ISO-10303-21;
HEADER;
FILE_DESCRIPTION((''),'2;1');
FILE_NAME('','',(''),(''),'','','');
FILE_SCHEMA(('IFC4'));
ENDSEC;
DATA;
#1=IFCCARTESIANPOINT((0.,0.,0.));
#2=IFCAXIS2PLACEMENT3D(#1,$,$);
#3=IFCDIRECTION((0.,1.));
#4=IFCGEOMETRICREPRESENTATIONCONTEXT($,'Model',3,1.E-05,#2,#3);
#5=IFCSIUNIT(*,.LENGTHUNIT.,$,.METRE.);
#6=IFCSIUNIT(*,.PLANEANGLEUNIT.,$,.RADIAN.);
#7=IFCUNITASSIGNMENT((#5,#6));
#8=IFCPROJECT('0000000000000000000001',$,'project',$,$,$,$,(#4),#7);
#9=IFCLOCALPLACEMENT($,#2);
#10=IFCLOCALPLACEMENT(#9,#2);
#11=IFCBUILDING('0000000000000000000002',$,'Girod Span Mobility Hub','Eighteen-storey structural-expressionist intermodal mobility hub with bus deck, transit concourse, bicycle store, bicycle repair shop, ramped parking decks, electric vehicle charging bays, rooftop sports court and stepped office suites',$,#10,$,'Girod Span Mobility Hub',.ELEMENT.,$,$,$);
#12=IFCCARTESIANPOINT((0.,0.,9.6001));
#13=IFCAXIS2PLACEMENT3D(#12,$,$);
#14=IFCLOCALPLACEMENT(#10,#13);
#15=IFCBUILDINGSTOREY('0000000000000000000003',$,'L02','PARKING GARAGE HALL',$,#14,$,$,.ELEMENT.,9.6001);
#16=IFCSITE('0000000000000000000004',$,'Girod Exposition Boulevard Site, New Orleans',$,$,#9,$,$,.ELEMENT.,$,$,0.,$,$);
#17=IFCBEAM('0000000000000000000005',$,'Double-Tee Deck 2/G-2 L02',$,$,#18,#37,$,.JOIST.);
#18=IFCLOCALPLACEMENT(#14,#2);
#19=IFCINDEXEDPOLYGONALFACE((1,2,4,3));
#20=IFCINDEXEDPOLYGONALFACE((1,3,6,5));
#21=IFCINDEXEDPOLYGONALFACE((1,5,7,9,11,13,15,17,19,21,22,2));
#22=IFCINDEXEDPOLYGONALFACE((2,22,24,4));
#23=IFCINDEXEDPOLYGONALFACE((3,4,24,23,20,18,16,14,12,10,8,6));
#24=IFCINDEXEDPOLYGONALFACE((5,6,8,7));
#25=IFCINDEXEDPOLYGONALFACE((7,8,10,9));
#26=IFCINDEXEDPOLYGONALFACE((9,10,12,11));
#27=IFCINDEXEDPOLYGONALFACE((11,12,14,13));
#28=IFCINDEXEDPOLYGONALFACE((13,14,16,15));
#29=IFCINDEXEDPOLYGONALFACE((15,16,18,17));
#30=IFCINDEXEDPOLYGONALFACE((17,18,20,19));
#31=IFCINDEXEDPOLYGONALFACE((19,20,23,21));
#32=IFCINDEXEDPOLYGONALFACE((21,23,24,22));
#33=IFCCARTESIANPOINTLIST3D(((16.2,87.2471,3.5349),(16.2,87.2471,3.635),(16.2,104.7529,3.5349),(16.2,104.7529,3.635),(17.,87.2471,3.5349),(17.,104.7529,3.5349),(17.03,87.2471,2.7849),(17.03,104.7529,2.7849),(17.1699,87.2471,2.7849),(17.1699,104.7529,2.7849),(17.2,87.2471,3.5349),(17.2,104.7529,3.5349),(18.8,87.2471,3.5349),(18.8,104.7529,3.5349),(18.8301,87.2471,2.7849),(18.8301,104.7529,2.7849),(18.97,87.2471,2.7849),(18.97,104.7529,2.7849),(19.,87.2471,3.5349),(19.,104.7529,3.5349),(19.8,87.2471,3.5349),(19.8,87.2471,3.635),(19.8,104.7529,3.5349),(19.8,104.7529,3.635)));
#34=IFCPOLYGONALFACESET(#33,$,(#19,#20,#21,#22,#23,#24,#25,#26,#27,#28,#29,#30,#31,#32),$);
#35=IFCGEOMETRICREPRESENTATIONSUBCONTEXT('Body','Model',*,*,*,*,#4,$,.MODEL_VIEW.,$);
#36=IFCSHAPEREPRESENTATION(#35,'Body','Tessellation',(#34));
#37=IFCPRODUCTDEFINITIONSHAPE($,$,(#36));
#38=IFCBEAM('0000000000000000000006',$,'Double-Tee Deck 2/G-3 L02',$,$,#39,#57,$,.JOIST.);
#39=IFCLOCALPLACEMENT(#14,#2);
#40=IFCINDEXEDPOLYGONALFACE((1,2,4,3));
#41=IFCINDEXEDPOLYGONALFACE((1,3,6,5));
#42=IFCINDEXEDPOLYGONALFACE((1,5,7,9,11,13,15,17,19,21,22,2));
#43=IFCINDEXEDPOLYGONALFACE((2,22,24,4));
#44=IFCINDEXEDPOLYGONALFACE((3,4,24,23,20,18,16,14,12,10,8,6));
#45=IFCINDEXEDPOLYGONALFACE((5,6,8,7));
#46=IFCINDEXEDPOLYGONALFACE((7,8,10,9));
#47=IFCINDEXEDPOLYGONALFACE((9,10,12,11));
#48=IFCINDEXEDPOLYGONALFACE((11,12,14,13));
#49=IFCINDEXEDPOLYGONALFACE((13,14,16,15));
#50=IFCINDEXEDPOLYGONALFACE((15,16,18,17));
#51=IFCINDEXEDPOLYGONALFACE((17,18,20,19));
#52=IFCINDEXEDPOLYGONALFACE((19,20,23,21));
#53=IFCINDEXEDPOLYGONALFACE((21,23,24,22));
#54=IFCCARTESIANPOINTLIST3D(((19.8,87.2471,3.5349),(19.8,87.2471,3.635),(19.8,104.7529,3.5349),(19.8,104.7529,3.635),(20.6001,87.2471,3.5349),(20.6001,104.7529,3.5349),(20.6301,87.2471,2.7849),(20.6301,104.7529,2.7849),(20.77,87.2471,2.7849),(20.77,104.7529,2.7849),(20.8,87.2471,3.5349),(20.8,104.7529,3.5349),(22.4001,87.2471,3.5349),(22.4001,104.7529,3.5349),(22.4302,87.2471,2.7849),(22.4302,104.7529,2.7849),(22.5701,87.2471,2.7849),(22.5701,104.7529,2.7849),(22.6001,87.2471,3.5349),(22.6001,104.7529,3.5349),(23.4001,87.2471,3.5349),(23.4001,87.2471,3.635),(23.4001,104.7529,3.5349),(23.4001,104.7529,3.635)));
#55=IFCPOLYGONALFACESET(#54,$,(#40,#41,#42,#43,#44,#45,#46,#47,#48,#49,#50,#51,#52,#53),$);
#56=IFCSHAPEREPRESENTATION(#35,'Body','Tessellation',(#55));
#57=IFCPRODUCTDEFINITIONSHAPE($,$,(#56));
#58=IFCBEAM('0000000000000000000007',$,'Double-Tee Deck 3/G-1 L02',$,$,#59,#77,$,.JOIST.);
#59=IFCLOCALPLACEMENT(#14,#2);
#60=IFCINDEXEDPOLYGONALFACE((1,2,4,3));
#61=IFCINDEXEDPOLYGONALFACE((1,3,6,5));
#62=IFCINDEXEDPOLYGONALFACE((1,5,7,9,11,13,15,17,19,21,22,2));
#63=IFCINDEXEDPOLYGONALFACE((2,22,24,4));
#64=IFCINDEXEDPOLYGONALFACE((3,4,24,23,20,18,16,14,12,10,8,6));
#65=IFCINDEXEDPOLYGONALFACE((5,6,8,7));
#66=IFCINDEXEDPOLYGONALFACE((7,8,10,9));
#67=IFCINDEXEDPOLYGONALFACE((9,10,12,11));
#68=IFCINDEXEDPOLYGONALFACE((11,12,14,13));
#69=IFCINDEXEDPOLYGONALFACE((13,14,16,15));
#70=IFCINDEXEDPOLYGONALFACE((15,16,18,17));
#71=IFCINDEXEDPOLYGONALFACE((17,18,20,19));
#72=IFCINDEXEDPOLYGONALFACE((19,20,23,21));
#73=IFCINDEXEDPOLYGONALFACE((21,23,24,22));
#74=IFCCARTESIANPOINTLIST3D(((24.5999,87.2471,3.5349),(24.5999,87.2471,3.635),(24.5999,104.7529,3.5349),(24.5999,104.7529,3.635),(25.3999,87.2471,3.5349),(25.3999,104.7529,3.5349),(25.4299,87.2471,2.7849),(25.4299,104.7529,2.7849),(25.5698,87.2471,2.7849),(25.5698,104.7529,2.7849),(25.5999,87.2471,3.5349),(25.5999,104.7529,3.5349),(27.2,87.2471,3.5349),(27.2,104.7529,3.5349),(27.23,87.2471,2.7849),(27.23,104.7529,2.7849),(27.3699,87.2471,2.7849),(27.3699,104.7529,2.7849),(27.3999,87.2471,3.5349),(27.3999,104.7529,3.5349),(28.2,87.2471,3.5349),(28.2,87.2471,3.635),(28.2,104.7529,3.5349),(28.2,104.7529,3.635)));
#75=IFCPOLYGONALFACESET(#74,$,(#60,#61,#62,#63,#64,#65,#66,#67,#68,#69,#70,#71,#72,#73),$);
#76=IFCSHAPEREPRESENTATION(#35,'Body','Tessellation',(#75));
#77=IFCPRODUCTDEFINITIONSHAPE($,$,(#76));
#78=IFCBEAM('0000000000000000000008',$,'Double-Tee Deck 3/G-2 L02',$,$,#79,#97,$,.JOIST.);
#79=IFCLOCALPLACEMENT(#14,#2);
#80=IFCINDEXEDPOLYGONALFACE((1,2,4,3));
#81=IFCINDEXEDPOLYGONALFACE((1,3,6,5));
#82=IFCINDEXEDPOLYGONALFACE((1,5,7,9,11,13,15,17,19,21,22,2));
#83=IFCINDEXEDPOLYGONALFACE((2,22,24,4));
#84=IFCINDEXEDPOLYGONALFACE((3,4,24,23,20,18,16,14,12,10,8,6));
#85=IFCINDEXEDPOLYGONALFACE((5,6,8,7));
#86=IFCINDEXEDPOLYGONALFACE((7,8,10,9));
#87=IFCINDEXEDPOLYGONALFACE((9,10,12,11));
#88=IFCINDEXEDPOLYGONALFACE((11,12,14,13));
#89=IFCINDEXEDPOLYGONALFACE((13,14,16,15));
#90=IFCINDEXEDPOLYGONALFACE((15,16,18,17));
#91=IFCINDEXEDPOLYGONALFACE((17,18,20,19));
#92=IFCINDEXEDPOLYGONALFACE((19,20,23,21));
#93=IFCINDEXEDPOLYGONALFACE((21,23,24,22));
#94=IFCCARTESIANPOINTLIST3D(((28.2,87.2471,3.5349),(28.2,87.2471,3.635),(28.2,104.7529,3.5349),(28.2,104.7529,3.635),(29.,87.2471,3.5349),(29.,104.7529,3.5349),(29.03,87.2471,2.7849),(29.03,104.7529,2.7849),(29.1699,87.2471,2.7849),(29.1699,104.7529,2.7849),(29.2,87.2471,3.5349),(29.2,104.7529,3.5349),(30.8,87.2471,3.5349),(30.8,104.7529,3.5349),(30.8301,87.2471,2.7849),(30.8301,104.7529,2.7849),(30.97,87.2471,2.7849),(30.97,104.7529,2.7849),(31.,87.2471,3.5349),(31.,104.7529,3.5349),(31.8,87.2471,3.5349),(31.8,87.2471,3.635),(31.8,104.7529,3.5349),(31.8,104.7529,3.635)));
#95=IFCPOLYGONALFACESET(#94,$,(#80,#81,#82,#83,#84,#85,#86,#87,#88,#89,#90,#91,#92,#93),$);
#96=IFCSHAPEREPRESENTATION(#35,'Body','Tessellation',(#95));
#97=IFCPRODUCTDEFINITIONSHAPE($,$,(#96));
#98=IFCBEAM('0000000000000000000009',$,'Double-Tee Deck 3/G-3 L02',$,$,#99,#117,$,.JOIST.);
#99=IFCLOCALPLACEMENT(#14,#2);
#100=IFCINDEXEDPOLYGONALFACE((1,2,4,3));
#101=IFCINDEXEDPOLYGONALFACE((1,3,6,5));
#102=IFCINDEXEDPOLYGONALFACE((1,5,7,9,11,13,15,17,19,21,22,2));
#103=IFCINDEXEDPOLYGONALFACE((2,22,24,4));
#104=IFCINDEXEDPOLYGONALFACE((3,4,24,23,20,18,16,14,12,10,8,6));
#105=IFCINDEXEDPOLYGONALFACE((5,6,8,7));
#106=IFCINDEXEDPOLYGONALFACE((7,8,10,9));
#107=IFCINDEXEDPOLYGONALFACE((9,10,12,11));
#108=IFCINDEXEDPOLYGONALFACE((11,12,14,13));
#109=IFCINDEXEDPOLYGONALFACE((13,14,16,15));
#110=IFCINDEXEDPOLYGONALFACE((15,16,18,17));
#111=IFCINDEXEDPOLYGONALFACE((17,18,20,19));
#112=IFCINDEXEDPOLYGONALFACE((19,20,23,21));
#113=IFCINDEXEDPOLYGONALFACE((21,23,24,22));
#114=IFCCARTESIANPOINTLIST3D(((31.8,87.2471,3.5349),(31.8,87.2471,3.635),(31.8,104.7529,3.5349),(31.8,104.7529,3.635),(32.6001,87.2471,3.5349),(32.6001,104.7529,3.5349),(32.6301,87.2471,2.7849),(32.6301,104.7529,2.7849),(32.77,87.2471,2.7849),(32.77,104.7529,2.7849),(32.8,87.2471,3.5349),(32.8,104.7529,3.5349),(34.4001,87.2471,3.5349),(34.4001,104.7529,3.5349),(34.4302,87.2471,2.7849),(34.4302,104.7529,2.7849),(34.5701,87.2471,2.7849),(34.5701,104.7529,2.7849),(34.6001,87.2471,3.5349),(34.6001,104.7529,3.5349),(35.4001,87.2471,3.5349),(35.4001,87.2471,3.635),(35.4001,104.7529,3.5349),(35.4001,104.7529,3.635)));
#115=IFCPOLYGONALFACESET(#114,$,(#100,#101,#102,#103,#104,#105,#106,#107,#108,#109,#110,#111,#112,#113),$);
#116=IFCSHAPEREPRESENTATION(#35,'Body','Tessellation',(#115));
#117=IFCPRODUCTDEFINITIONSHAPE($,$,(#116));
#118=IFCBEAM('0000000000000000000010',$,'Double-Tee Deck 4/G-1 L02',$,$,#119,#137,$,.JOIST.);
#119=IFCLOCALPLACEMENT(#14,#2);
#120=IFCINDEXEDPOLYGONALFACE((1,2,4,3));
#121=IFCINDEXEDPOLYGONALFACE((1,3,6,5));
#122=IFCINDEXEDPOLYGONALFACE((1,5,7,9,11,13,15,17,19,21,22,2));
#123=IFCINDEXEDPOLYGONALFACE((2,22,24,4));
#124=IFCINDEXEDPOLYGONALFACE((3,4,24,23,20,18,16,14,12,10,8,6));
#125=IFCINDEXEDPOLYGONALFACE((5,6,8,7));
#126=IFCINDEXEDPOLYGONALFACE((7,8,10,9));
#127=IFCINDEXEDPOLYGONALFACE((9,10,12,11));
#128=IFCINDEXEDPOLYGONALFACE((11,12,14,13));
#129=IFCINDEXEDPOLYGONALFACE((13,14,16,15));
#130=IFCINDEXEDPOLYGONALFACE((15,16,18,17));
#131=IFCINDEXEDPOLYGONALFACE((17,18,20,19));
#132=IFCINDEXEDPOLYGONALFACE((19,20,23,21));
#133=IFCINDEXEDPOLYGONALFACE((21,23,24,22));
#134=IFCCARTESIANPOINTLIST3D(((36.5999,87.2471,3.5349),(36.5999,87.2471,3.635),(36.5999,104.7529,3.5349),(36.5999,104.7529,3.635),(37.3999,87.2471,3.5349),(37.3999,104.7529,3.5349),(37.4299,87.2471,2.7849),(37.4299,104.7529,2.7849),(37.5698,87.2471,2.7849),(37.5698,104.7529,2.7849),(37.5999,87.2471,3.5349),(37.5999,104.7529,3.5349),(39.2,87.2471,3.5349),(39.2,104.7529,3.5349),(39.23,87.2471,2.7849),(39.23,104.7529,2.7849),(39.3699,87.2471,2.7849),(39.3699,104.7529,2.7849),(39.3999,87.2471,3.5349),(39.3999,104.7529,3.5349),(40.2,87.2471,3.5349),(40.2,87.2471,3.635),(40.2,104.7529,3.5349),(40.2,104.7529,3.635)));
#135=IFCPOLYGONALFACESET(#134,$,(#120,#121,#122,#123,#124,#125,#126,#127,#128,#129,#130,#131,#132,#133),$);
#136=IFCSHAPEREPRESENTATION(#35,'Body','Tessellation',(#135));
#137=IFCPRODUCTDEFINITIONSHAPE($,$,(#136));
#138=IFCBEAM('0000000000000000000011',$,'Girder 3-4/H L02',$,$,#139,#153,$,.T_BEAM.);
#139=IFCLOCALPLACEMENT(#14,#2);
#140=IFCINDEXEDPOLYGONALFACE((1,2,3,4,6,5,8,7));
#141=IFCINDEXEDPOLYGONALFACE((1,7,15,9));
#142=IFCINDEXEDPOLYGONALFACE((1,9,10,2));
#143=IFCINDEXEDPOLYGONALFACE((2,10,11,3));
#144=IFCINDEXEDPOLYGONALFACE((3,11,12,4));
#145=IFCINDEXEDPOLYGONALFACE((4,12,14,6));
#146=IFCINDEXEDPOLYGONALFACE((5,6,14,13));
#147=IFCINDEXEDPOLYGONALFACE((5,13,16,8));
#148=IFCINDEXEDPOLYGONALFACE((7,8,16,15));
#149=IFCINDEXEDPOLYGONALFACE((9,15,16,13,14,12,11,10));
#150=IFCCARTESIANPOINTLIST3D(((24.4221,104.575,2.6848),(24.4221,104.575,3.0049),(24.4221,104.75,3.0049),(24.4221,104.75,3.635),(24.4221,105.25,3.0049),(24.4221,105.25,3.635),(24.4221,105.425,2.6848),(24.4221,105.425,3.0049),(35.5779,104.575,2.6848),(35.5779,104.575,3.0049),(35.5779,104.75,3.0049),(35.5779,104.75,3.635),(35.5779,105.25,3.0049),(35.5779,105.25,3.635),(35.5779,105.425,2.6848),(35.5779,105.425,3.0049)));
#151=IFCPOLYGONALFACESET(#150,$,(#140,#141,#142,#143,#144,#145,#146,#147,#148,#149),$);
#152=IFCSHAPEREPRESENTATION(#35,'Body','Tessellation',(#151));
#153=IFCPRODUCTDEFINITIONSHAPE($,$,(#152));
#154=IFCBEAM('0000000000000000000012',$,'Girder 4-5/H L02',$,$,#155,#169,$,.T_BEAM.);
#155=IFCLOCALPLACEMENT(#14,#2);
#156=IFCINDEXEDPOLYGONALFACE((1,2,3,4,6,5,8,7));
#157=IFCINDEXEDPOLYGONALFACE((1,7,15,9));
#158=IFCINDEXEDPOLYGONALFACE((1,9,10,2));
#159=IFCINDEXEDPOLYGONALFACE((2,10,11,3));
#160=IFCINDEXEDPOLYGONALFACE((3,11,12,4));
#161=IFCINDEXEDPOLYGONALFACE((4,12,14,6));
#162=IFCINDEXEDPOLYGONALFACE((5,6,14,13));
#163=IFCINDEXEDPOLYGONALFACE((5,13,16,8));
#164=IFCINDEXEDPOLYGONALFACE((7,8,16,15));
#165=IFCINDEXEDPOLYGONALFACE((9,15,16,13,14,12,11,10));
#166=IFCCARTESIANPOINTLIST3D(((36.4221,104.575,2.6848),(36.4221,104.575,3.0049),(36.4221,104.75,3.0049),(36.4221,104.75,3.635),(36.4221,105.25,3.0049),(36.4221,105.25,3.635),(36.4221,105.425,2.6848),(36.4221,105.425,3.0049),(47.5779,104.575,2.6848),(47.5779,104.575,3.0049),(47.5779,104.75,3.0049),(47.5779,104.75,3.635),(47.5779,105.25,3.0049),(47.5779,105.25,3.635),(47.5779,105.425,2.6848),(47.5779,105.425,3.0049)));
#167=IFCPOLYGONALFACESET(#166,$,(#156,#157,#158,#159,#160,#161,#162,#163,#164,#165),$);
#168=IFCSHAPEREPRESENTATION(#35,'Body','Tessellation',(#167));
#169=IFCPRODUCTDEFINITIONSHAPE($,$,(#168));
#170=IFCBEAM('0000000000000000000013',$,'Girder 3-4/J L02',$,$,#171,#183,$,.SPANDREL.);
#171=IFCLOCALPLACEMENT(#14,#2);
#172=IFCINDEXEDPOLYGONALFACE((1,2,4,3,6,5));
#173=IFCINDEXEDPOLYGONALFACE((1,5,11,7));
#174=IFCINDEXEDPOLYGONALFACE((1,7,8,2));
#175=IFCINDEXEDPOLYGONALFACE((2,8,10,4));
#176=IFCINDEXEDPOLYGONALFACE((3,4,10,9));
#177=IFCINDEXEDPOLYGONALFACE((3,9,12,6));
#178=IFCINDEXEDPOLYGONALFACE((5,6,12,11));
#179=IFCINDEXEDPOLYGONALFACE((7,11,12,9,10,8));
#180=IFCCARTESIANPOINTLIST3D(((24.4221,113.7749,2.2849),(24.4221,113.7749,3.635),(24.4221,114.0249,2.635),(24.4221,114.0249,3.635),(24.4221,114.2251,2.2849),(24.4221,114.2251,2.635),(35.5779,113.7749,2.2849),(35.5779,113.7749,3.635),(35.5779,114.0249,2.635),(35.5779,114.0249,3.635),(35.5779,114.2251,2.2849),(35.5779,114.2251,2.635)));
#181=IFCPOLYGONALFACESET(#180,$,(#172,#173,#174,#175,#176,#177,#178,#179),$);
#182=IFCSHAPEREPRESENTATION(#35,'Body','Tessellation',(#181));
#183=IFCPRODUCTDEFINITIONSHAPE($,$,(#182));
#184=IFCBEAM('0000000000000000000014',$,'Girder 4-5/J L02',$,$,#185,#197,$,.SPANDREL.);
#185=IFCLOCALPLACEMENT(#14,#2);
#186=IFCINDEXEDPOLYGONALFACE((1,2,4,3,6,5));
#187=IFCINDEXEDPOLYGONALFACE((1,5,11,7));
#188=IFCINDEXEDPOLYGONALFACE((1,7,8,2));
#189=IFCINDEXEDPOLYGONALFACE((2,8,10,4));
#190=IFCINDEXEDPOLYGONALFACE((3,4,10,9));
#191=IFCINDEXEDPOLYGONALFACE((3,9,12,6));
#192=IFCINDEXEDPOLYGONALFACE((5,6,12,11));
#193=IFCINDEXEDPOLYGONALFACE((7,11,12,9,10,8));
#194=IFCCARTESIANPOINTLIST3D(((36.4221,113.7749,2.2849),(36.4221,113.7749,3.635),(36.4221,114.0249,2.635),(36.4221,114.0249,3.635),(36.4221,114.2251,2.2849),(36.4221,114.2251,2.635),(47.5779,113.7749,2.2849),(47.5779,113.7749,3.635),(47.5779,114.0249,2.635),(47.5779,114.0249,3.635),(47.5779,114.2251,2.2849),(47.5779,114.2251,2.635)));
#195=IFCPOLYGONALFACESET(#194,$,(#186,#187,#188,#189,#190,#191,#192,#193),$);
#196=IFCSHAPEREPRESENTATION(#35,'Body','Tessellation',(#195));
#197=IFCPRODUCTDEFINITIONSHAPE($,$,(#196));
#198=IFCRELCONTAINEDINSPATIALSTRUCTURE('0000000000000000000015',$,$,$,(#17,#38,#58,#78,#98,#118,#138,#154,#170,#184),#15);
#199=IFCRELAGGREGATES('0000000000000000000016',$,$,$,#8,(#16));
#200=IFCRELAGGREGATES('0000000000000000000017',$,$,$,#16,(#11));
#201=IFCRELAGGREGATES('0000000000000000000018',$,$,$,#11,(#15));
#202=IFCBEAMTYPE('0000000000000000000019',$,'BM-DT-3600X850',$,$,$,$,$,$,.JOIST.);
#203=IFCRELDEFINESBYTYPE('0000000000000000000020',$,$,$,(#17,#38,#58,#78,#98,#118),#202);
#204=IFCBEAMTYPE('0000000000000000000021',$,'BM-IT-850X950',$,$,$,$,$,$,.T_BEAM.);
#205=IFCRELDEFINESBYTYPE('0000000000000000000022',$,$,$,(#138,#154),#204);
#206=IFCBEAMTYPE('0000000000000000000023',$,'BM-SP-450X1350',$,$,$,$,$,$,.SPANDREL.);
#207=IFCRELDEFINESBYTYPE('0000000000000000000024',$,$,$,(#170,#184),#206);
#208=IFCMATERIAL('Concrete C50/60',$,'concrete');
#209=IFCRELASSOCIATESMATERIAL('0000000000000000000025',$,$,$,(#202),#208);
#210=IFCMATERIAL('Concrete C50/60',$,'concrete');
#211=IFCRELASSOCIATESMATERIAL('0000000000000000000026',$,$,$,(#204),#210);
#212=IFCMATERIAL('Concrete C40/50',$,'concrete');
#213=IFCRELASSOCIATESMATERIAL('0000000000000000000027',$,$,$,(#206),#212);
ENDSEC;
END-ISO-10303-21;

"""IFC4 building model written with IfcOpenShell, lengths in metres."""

from ifc_helpers import new_model, si_unit, direction, frame, origin, place, context, subcontext, project, spatial, polyline, outline, extrude, material, material_profile, profile_set, type_object, element, save


model = new_model("IFC4")

# Units and contexts
model_context = context("Model", 3, precision=1e-05, world=origin(), true_north=direction((0.0, 1.0)))
body_context = subcontext(model_context, "Body", "Model", "MODEL_VIEW")
ifc_project = project(units=[si_unit("LENGTHUNIT", "METRE"), si_unit("PLANEANGLEUNIT", "RADIAN")], contexts=[model_context])

# Site, building, storey
site_placement = place(None, origin())
site = spatial("IfcSite", under=ifc_project, at=site_placement, Name="Girod Exposition Boulevard Site, New Orleans", CompositionType="ELEMENT", RefElevation=0.0)
building_placement = place(site_placement, origin())
building = spatial("IfcBuilding", under=site, at=building_placement, Name="Girod Span Mobility Hub", Description="Eighteen-storey structural-expressionist intermodal mobility hub with bus deck, transit concourse, bicycle store, bicycle repair shop, ramped parking decks, electric vehicle charging bays, rooftop sports court and stepped office suites", LongName="Girod Span Mobility Hub", CompositionType="ELEMENT")
storey_placement = place(building_placement, frame((0.0, 0.0, 9.6001)))
storey = spatial("IfcBuildingStorey", under=building, at=storey_placement, Name="L02", Description="PARKING GARAGE HALL", CompositionType="ELEMENT", Elevation=9.6001)

# Beams
ifc_material_1 = material(Name="Concrete C50/60", Category="concrete")
ifc_material_profile_1 = material_profile(ifc_material_1, outline(polyline([(-1.8, 0.425), (-1.8, 0.325), (-1.0, 0.325), (-0.97, -0.425), (-0.8301, -0.425), (-0.8, 0.325), (0.8, 0.325), (0.8301, -0.425), (0.97, -0.425), (1.0, 0.325), (1.8, 0.325), (1.8, 0.425), (-1.8, 0.425)])), Name="DT-3600X850")
ifc_profile_set_1 = profile_set([ifc_material_profile_1], Name="Concrete C50/60")
beam_type_1 = type_object("IfcBeamType", Name="BM-DT-3600X850", PredefinedType="JOIST", material=ifc_profile_set_1)
for number, where, z_axis, x_axis, name in (
    (1, (18.0, 87.2471, 3.21), (0.0, 1.0, 0.0), (-1.0, 0.0, 0.0), "Double-Tee Deck 2/G-2 L02"),
    (2, (21.6001, 87.2471, 3.21), (0.0, 1.0, 0.0), (-1.0, 0.0, 0.0), "Double-Tee Deck 2/G-3 L02"),
    (3, (26.3999, 87.2471, 3.21), (0.0, 1.0, 0.0), (-1.0, 0.0, 0.0), "Double-Tee Deck 3/G-1 L02"),
    (4, (30.0, 87.2471, 3.21), (0.0, 1.0, 0.0), (-1.0, 0.0, 0.0), "Double-Tee Deck 3/G-2 L02"),
    (5, (33.6001, 87.2471, 3.21), (0.0, 1.0, 0.0), (-1.0, 0.0, 0.0), "Double-Tee Deck 3/G-3 L02"),
    (6, (38.3999, 87.2471, 3.21), (0.0, 1.0, 0.0), (-1.0, 0.0, 0.0), "Double-Tee Deck 4/G-1 L02"),
):
    element("IfcBeam", number, at=place(storey_placement, frame(where, z_axis=z_axis, x_axis=x_axis)), inside=storey, type_object=beam_type_1, Name=name, PredefinedType="JOIST", context=body_context, shape_type="SweptSolid", body=[
        extrude(outline(polyline([(-1.8, 0.425), (-1.8, 0.325), (-1.0, 0.325), (-0.97, -0.425), (-0.8301, -0.425), (-0.8, 0.325), (0.8, 0.325), (0.8301, -0.425), (0.97, -0.425), (1.0, 0.325), (1.8, 0.325), (1.8, 0.425), (-1.8, 0.425)])), origin(), (0.0, 0.0, 1.0), 17.5059),
    ])
ifc_material_2 = material(Name="Concrete C50/60", Category="concrete")
ifc_material_profile_2 = material_profile(ifc_material_2, outline(polyline([(-0.425, -0.4751), (0.425, -0.4751), (0.425, -0.155), (0.25, -0.155), (0.25, 0.4751), (-0.25, 0.4751), (-0.25, -0.155), (-0.425, -0.155), (-0.425, -0.4751)])), Name="IT-850X950")
ifc_profile_set_2 = profile_set([ifc_material_profile_2], Name="Concrete C50/60")
beam_type_2 = type_object("IfcBeamType", Name="BM-IT-850X950", PredefinedType="T_BEAM", material=ifc_profile_set_2)
for number, where, z_axis, x_axis, name in (
    (7, (24.4221, 105.0, 3.1599), (1.0, 0.0, 0.0), (0.0, 1.0, 0.0), "Girder 3-4/H L02"),
    (8, (36.4221, 105.0, 3.1599), (1.0, 0.0, 0.0), (0.0, 1.0, 0.0), "Girder 4-5/H L02"),
):
    element("IfcBeam", number, at=place(storey_placement, frame(where, z_axis=z_axis, x_axis=x_axis)), inside=storey, type_object=beam_type_2, Name=name, PredefinedType="T_BEAM", context=body_context, shape_type="SweptSolid", body=[
        extrude(outline(polyline([(-0.425, -0.4751), (0.425, -0.4751), (0.425, -0.155), (0.25, -0.155), (0.25, 0.4751), (-0.25, 0.4751), (-0.25, -0.155), (-0.425, -0.155), (-0.425, -0.4751)])), origin(), (0.0, 0.0, 1.0), 11.1558),
    ])
ifc_material_3 = material(Name="Concrete C40/50", Category="concrete")
ifc_material_profile_3 = material_profile(ifc_material_3, outline(polyline([(-0.2251, -0.675), (0.2251, -0.675), (0.2251, -0.325), (0.0249, -0.325), (0.0249, 0.675), (-0.2251, 0.675), (-0.2251, -0.675)])), Name="SP-450X1350")
ifc_profile_set_3 = profile_set([ifc_material_profile_3], Name="Concrete C40/50")
beam_type_3 = type_object("IfcBeamType", Name="BM-SP-450X1350", PredefinedType="SPANDREL", material=ifc_profile_set_3)
for number, where, z_axis, x_axis, name in (
    (9, (24.4221, 114.0, 2.96), (1.0, 0.0, 0.0), (0.0, 1.0, 0.0), "Girder 3-4/J L02"),
    (10, (36.4221, 114.0, 2.96), (1.0, 0.0, 0.0), (0.0, 1.0, 0.0), "Girder 4-5/J L02"),
):
    element("IfcBeam", number, at=place(storey_placement, frame(where, z_axis=z_axis, x_axis=x_axis)), inside=storey, type_object=beam_type_3, Name=name, PredefinedType="SPANDREL", context=body_context, shape_type="SweptSolid", body=[
        extrude(outline(polyline([(-0.2251, -0.675), (0.2251, -0.675), (0.2251, -0.325), (0.0249, -0.325), (0.0249, 0.675), (-0.2251, 0.675), (-0.2251, -0.675)])), origin(), (0.0, 0.0, 1.0), 11.1558),
    ])

save(model, "model.ifc")
